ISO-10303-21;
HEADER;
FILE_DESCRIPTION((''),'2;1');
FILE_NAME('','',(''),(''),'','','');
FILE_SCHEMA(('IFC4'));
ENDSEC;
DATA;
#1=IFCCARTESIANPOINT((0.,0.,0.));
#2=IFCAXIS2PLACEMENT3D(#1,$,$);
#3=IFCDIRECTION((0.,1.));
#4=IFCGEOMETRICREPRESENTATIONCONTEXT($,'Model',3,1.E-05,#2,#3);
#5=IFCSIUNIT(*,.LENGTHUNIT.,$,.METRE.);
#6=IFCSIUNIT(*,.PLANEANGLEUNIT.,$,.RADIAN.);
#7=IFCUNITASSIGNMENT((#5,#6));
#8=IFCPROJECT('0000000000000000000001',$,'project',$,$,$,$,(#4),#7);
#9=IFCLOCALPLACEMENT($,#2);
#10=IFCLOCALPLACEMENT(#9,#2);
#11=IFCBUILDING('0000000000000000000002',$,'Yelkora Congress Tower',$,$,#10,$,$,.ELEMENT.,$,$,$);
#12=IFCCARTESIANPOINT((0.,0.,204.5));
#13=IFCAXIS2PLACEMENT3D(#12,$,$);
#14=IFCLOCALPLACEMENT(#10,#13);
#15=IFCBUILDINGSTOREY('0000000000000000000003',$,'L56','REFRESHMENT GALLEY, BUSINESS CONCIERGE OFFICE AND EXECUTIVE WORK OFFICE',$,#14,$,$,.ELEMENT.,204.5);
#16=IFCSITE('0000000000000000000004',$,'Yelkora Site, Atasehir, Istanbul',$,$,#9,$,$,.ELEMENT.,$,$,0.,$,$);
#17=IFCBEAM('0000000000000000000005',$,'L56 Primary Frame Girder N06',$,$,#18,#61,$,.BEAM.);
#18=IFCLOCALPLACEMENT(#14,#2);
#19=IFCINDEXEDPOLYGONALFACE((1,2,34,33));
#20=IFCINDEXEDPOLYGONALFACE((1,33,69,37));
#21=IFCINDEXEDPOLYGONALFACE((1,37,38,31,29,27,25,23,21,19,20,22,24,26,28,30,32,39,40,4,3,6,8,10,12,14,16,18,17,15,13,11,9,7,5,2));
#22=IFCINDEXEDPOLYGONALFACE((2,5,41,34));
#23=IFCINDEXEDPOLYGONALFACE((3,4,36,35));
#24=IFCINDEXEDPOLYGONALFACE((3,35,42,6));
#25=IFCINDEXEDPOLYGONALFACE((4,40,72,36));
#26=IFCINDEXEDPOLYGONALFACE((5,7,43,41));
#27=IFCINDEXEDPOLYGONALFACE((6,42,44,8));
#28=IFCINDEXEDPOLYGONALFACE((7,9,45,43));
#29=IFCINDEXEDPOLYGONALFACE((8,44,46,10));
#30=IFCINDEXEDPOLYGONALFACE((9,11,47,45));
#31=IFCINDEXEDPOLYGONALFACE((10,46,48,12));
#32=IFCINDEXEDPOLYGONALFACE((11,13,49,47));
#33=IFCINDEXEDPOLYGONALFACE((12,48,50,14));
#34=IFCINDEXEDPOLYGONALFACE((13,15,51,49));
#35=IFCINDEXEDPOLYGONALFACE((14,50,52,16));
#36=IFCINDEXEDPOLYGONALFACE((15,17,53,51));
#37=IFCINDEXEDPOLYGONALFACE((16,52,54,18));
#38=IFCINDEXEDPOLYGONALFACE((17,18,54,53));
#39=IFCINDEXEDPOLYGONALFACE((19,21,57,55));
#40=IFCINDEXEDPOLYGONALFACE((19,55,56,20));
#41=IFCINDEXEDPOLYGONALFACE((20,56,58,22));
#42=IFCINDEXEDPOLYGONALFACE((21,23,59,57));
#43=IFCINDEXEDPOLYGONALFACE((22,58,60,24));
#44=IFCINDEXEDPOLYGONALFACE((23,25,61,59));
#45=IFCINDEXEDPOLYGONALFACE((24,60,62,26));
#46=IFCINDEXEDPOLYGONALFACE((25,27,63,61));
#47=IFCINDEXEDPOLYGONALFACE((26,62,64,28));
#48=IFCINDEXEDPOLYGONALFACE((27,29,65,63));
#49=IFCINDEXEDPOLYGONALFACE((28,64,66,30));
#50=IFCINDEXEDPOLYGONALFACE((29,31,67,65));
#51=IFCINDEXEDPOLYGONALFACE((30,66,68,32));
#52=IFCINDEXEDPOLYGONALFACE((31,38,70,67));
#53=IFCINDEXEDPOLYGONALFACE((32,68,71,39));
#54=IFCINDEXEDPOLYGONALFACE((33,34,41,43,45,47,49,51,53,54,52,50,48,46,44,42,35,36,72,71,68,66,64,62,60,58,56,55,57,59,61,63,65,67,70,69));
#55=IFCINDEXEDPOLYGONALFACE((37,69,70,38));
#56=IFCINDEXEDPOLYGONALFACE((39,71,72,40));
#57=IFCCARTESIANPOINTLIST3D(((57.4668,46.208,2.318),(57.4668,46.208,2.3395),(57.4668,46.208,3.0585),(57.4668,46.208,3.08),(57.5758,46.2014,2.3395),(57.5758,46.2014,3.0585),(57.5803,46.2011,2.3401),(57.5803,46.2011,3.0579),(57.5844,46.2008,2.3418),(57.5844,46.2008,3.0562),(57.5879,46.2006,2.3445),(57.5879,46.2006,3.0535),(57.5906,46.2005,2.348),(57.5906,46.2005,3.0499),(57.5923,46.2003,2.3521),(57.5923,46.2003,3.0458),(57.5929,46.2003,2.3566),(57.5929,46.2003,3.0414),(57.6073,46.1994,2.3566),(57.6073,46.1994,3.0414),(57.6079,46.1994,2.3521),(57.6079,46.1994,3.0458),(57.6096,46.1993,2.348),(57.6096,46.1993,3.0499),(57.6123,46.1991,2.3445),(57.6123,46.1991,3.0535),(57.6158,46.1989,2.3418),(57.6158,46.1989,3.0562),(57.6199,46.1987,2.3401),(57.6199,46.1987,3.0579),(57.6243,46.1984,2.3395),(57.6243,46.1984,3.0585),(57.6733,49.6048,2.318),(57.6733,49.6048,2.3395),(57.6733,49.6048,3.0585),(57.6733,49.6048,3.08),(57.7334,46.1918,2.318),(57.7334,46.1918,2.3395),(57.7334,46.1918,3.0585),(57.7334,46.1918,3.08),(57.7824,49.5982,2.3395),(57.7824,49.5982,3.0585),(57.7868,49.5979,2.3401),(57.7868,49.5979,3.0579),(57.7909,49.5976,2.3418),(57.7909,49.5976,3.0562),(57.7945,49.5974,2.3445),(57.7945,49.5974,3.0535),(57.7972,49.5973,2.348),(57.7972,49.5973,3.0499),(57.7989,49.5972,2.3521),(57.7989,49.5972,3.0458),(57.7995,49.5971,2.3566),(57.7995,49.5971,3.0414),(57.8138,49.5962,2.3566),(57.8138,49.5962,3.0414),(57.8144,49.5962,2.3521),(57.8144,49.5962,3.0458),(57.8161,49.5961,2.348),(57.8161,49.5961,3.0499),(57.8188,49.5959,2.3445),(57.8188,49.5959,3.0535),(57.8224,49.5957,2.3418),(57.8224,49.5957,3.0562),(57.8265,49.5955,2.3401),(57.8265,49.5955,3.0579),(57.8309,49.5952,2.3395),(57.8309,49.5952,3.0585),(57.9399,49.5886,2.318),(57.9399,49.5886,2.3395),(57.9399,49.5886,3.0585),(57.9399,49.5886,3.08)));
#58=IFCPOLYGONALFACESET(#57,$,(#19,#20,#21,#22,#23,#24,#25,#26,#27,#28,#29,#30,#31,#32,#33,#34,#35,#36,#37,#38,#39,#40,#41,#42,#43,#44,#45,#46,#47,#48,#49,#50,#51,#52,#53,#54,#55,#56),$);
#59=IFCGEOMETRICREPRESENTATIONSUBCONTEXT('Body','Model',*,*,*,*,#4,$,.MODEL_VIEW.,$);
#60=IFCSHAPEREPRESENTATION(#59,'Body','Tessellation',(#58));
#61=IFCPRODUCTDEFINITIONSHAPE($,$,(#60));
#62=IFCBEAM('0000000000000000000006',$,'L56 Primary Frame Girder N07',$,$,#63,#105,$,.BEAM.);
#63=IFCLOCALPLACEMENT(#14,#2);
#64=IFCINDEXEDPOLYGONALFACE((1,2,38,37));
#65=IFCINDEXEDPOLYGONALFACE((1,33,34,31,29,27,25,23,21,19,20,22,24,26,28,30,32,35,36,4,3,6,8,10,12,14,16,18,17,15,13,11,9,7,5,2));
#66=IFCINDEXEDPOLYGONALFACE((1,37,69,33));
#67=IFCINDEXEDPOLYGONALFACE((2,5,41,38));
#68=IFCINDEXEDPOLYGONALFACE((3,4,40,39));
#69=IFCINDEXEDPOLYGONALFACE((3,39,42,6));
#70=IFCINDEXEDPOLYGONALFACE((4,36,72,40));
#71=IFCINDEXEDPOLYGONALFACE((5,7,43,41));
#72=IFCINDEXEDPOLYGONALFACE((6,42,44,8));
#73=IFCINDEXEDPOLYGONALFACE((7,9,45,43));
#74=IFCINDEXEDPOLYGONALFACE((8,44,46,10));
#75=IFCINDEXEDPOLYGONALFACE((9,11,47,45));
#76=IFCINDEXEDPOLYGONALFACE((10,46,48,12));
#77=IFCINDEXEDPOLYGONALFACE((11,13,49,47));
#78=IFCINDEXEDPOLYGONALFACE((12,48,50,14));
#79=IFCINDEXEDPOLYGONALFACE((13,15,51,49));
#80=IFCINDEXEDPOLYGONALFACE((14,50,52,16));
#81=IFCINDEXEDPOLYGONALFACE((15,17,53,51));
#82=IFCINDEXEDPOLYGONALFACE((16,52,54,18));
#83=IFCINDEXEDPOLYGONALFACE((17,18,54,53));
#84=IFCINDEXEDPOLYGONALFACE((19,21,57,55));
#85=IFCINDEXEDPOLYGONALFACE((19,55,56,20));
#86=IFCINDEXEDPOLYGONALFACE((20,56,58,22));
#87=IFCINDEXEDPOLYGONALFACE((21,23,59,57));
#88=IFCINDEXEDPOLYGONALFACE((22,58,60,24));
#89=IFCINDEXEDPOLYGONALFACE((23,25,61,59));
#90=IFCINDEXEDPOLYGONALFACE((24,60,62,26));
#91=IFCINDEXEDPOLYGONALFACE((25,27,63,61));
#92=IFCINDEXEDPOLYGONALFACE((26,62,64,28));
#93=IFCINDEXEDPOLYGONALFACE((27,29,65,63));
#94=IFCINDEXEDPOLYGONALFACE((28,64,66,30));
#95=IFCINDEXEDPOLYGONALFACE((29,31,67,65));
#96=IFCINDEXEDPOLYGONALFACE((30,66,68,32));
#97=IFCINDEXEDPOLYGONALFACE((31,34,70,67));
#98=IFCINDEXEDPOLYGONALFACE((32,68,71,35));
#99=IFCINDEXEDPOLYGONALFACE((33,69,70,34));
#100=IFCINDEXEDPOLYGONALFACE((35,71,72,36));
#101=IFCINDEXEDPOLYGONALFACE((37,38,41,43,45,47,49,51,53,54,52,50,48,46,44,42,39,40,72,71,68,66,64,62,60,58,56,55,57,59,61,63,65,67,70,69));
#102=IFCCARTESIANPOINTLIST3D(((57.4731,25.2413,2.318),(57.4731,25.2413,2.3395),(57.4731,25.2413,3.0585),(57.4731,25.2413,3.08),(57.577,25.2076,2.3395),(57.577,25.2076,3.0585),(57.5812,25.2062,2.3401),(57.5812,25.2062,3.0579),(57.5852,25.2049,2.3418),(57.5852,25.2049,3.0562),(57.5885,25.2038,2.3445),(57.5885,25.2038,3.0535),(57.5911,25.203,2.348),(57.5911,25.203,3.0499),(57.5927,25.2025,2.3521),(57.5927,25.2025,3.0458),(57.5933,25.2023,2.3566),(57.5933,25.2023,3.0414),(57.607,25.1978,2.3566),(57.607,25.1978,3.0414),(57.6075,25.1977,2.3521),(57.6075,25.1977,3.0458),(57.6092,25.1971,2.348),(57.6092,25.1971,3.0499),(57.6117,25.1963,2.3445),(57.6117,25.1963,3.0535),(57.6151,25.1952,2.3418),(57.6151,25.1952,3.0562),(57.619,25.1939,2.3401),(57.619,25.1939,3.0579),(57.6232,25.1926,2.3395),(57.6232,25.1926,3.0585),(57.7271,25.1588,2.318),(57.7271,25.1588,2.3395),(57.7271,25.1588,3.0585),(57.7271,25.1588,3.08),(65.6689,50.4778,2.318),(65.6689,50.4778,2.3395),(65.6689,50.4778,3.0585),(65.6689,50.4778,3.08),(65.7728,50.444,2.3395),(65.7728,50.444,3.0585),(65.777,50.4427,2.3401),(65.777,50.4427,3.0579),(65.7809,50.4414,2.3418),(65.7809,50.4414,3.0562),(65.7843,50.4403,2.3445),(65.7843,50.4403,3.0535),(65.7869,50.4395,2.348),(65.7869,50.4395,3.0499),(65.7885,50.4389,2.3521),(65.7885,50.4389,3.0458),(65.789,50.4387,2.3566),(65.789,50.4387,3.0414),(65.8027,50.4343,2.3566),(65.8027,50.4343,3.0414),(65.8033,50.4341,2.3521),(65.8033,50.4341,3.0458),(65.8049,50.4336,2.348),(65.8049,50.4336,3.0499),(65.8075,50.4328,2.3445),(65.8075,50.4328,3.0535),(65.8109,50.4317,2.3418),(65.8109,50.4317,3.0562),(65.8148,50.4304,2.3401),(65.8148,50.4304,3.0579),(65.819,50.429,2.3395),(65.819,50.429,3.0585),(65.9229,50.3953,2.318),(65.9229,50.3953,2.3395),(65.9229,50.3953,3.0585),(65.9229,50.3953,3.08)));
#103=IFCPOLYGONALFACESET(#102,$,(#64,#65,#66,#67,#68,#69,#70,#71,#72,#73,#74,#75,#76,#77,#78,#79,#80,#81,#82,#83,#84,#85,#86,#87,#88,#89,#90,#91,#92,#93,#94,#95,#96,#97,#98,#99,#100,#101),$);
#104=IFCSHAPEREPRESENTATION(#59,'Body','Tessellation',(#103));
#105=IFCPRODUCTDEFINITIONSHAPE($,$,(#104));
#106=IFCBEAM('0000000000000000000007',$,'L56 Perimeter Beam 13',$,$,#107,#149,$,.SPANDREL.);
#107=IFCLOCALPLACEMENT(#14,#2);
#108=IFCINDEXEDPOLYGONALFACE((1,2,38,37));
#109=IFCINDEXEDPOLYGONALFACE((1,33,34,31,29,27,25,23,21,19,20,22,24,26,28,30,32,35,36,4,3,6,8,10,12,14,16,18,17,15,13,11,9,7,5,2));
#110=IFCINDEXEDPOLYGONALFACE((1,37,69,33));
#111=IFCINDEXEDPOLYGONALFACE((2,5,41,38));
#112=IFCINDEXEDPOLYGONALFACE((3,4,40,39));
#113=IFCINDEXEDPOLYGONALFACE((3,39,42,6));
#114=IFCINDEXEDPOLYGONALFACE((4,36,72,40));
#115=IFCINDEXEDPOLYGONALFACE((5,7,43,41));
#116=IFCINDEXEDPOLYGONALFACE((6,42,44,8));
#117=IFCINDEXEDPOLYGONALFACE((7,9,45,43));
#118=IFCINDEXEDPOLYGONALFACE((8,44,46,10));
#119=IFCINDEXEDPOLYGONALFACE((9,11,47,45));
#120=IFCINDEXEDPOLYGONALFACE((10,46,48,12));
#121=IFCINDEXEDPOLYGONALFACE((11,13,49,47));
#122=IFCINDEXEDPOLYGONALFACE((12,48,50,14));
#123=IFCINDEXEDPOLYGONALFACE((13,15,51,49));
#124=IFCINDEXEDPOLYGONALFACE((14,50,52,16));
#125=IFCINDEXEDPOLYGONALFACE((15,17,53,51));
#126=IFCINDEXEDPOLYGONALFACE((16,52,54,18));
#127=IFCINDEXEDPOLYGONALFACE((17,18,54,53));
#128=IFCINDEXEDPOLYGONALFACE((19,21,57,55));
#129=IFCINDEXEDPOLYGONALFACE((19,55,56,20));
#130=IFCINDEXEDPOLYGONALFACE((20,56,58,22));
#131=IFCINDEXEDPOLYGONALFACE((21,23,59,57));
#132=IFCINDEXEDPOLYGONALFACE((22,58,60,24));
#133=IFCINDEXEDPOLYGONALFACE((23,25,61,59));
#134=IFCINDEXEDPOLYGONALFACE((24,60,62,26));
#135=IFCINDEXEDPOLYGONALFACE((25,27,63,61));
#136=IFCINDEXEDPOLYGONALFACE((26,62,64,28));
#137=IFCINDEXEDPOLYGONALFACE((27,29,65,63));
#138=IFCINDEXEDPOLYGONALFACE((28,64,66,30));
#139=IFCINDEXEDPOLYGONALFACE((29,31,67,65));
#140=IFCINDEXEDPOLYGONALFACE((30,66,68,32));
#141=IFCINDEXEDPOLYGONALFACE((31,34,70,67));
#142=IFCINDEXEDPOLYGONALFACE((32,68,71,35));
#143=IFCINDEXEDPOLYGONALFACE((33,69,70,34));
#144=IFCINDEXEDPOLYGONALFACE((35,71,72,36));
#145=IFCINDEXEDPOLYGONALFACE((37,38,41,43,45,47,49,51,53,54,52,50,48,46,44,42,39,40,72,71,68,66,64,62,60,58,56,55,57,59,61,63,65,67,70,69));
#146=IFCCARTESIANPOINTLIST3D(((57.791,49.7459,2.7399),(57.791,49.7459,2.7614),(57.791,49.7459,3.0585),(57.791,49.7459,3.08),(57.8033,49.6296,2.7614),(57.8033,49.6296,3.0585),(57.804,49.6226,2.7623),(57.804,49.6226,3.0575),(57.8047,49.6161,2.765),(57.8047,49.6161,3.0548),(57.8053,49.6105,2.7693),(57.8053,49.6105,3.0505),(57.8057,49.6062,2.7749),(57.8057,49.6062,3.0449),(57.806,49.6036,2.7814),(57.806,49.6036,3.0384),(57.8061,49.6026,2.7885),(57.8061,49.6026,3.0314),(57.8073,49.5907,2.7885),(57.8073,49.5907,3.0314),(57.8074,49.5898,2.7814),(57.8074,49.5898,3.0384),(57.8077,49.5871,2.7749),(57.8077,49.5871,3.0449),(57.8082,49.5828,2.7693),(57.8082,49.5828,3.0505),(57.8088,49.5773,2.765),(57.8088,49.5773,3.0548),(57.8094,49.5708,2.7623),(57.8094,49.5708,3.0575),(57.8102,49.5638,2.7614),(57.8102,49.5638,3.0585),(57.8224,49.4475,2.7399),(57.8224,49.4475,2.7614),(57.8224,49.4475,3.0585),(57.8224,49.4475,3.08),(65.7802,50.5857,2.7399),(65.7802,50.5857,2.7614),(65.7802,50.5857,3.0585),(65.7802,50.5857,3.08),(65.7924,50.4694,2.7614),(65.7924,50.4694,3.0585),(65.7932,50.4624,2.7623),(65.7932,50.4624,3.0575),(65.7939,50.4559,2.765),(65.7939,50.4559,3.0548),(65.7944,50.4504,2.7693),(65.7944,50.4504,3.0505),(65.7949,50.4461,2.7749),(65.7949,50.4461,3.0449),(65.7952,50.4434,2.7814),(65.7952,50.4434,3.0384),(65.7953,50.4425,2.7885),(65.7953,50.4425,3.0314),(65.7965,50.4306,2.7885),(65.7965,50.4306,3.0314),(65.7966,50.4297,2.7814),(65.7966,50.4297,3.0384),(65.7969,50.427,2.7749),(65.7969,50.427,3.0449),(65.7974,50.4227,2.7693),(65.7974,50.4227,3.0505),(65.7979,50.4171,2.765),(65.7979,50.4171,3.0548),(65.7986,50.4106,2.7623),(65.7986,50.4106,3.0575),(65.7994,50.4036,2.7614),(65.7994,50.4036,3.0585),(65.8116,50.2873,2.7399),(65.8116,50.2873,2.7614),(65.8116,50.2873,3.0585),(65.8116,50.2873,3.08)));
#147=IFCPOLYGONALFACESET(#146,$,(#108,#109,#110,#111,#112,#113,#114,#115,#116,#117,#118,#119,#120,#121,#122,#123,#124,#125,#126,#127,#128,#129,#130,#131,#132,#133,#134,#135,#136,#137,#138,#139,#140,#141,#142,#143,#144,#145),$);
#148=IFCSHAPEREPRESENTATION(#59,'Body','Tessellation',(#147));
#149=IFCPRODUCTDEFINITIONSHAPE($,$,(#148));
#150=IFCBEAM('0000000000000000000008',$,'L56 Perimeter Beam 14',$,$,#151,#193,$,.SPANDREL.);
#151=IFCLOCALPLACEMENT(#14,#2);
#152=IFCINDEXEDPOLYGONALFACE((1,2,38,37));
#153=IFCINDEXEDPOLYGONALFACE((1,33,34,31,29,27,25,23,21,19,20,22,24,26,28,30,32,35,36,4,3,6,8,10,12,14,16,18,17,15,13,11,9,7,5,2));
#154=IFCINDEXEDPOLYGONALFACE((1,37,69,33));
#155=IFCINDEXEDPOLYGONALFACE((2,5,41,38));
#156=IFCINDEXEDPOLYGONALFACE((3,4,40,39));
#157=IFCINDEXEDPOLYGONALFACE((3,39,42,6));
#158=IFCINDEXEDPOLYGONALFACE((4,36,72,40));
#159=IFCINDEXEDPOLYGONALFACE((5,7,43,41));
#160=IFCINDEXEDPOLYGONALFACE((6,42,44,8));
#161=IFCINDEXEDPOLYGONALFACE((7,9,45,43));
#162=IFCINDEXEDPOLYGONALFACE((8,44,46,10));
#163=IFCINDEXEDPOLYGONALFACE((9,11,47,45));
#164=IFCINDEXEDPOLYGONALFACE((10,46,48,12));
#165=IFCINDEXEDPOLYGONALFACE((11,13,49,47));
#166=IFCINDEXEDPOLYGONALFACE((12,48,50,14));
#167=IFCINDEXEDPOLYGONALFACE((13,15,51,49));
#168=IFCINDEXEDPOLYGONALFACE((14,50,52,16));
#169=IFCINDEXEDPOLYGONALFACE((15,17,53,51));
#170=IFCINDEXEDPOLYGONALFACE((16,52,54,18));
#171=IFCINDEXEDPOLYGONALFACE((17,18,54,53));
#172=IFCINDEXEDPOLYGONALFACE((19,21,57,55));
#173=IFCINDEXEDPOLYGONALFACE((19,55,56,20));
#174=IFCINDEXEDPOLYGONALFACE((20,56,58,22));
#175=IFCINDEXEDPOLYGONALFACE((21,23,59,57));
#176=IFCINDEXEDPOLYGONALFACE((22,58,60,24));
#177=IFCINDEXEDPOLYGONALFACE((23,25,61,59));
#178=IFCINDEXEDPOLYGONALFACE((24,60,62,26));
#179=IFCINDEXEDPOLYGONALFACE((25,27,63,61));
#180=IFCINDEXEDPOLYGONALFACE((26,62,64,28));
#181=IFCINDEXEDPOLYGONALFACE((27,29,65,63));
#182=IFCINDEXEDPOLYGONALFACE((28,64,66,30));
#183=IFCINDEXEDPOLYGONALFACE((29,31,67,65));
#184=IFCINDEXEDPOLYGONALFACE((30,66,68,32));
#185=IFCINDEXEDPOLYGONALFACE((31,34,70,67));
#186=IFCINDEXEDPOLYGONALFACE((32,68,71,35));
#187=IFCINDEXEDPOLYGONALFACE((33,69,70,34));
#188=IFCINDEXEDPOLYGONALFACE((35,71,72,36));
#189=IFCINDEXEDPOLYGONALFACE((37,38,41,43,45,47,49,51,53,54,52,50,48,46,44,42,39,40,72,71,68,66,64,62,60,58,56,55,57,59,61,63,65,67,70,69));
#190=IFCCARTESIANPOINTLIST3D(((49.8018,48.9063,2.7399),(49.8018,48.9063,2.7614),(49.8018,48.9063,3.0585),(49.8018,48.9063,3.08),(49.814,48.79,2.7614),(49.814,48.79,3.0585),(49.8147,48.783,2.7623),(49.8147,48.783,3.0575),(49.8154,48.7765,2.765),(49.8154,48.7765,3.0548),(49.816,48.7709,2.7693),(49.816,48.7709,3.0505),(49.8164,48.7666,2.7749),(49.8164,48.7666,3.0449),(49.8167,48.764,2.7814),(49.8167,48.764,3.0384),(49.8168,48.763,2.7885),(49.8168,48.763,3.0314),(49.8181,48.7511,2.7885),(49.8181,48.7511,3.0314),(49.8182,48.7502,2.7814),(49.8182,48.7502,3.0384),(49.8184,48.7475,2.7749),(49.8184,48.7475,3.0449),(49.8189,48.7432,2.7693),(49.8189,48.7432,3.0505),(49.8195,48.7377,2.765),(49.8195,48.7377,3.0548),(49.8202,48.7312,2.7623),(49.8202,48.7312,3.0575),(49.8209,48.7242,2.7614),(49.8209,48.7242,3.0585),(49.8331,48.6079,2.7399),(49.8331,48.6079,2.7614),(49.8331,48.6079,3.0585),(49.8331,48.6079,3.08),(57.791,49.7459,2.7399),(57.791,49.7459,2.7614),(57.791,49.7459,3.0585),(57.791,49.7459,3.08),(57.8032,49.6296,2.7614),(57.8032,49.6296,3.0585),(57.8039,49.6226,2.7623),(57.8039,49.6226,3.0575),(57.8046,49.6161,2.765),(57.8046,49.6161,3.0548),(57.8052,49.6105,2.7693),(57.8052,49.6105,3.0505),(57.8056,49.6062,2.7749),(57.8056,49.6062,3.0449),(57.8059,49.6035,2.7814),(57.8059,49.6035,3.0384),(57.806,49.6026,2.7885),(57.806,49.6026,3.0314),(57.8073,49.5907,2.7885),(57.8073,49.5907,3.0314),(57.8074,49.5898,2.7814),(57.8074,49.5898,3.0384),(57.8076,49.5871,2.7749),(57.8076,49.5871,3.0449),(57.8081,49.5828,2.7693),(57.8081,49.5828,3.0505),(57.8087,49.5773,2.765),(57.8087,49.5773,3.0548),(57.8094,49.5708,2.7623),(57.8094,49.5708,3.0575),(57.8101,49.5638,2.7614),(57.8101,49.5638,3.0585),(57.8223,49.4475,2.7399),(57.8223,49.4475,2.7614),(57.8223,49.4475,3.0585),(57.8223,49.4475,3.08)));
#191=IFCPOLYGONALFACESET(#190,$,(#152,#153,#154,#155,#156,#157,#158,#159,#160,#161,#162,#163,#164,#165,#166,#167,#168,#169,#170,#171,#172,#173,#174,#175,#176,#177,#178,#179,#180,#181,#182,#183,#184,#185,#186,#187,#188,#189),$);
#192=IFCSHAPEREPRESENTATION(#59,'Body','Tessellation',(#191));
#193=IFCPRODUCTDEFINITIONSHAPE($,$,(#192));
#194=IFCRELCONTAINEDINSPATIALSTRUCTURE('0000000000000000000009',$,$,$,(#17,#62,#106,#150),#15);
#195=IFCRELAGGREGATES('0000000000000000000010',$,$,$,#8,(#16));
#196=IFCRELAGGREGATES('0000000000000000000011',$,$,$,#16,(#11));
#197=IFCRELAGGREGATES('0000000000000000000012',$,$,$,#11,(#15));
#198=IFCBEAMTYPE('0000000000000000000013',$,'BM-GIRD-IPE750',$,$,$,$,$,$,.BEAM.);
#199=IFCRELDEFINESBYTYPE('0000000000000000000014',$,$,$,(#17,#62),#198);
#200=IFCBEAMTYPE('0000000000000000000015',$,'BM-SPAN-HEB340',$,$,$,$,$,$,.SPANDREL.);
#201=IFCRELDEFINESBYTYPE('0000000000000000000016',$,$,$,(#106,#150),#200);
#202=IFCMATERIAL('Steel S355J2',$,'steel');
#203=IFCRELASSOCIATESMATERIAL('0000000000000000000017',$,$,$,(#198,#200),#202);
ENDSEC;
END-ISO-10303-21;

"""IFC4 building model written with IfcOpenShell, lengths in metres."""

from ifc_helpers import new_model, si_unit, direction, frame, origin, origin_2d, place, context, subcontext, project, spatial, i_section, extrude, material, material_profile, profile_set, type_object, element, save


model = new_model("IFC4")

# Units and contexts
model_context = context("Model", 3, precision=1e-05, world=origin(), true_north=direction((0.0, 1.0)))
body_context = subcontext(model_context, "Body", "Model", "MODEL_VIEW")
ifc_project = project(units=[si_unit("LENGTHUNIT", "METRE"), si_unit("PLANEANGLEUNIT", "RADIAN")], contexts=[model_context])

# Site, building, storey
site_placement = place(None, origin())
site = spatial("IfcSite", under=ifc_project, at=site_placement, Name="Yelkora Site, Atasehir, Istanbul", CompositionType="ELEMENT", RefElevation=0.0)
building_placement = place(site_placement, origin())
building = spatial("IfcBuilding", under=site, at=building_placement, Name="Yelkora Congress Tower", CompositionType="ELEMENT")
storey_placement = place(building_placement, frame((0.0, 0.0, 204.5)))
storey = spatial("IfcBuildingStorey", under=building, at=storey_placement, Name="L56", Description="REFRESHMENT GALLEY, BUSINESS CONCIERGE OFFICE AND EXECUTIVE WORK OFFICE", CompositionType="ELEMENT", Elevation=204.5)

# Shared definitions
ifc_material_1 = material(Name="Steel S355J2", Category="steel")

# Beams
ifc_material_profile_1 = material_profile(ifc_material_1, i_section(OverallWidth=0.2671, OverallDepth=0.762, WebThickness=0.0144, FlangeThickness=0.0215, FilletRadius=0.0171, at=origin_2d()), Name="IPE 750x173")
ifc_profile_set_1 = profile_set([ifc_material_profile_1], Name="Steel S355J2")
beam_type_1 = type_object("IfcBeamType", Name="BM-GIRD-IPE750", PredefinedType="BEAM", material=ifc_profile_set_1)
beam_1_placement = place(storey_placement, frame((57.8066, 49.5967, 2.699), z_axis=(-0.060694, -0.998156, 0.0), x_axis=(0.998156, -0.060694, 0.0)))
element("IfcBeam", 1, at=beam_1_placement, inside=storey, type_object=beam_type_1, Name="L56 Primary Frame Girder N06", PredefinedType="BEAM", context=body_context, shape_type="SweptSolid", body=[
    extrude(i_section(OverallWidth=0.2671, OverallDepth=0.762, WebThickness=0.0144, FlangeThickness=0.0215, FilletRadius=0.0171, at=origin_2d()), origin(), (0.0, 0.0, 1.0), 3.4031),
])
beam_2_placement = place(storey_placement, frame((65.7959, 50.4365, 2.699), z_axis=(-0.308879, -0.951101, 0.0), x_axis=(0.951101, -0.308879, 0.0)))
element("IfcBeam", 2, at=beam_2_placement, inside=storey, type_object=beam_type_1, Name="L56 Primary Frame Girder N07", PredefinedType="BEAM", context=body_context, shape_type="SweptSolid", body=[
    extrude(i_section(OverallWidth=0.2671, OverallDepth=0.762, WebThickness=0.0144, FlangeThickness=0.0215, FilletRadius=0.0171, at=origin_2d()), origin(), (0.0, 0.0, 1.0), 26.5339),
])
ifc_material_profile_2 = material_profile(ifc_material_1, i_section(OverallWidth=0.3, OverallDepth=0.3401, WebThickness=0.012, FlangeThickness=0.0215, FilletRadius=0.0271, at=origin_2d()), Name="HEB 340")
ifc_profile_set_2 = profile_set([ifc_material_profile_2], Name="Steel S355J2")
beam_type_2 = type_object("IfcBeamType", Name="BM-SPAN-HEB340", PredefinedType="SPANDREL", material=ifc_profile_set_2)
for number, where, z_axis, x_axis, name in (
    (3, (65.7959, 50.4365, 2.9099), (-0.99452, -0.104546, 0.0), (0.104546, -0.99452, 0.0), "L56 Perimeter Beam 13"),
    (4, (57.8066, 49.5967, 2.9099), (-0.994523, -0.104516, 0.0), (0.104516, -0.994523, 0.0), "L56 Perimeter Beam 14"),
):
    element("IfcBeam", number, at=place(storey_placement, frame(where, z_axis=z_axis, x_axis=x_axis)), inside=storey, type_object=beam_type_2, Name=name, PredefinedType="SPANDREL", context=body_context, shape_type="SweptSolid", body=[
        extrude(i_section(OverallWidth=0.3, OverallDepth=0.3401, WebThickness=0.012, FlangeThickness=0.0215, FilletRadius=0.0271, at=origin_2d()), origin(), (0.0, 0.0, 1.0), 8.0332),
    ])

save(model, "model.ifc")
